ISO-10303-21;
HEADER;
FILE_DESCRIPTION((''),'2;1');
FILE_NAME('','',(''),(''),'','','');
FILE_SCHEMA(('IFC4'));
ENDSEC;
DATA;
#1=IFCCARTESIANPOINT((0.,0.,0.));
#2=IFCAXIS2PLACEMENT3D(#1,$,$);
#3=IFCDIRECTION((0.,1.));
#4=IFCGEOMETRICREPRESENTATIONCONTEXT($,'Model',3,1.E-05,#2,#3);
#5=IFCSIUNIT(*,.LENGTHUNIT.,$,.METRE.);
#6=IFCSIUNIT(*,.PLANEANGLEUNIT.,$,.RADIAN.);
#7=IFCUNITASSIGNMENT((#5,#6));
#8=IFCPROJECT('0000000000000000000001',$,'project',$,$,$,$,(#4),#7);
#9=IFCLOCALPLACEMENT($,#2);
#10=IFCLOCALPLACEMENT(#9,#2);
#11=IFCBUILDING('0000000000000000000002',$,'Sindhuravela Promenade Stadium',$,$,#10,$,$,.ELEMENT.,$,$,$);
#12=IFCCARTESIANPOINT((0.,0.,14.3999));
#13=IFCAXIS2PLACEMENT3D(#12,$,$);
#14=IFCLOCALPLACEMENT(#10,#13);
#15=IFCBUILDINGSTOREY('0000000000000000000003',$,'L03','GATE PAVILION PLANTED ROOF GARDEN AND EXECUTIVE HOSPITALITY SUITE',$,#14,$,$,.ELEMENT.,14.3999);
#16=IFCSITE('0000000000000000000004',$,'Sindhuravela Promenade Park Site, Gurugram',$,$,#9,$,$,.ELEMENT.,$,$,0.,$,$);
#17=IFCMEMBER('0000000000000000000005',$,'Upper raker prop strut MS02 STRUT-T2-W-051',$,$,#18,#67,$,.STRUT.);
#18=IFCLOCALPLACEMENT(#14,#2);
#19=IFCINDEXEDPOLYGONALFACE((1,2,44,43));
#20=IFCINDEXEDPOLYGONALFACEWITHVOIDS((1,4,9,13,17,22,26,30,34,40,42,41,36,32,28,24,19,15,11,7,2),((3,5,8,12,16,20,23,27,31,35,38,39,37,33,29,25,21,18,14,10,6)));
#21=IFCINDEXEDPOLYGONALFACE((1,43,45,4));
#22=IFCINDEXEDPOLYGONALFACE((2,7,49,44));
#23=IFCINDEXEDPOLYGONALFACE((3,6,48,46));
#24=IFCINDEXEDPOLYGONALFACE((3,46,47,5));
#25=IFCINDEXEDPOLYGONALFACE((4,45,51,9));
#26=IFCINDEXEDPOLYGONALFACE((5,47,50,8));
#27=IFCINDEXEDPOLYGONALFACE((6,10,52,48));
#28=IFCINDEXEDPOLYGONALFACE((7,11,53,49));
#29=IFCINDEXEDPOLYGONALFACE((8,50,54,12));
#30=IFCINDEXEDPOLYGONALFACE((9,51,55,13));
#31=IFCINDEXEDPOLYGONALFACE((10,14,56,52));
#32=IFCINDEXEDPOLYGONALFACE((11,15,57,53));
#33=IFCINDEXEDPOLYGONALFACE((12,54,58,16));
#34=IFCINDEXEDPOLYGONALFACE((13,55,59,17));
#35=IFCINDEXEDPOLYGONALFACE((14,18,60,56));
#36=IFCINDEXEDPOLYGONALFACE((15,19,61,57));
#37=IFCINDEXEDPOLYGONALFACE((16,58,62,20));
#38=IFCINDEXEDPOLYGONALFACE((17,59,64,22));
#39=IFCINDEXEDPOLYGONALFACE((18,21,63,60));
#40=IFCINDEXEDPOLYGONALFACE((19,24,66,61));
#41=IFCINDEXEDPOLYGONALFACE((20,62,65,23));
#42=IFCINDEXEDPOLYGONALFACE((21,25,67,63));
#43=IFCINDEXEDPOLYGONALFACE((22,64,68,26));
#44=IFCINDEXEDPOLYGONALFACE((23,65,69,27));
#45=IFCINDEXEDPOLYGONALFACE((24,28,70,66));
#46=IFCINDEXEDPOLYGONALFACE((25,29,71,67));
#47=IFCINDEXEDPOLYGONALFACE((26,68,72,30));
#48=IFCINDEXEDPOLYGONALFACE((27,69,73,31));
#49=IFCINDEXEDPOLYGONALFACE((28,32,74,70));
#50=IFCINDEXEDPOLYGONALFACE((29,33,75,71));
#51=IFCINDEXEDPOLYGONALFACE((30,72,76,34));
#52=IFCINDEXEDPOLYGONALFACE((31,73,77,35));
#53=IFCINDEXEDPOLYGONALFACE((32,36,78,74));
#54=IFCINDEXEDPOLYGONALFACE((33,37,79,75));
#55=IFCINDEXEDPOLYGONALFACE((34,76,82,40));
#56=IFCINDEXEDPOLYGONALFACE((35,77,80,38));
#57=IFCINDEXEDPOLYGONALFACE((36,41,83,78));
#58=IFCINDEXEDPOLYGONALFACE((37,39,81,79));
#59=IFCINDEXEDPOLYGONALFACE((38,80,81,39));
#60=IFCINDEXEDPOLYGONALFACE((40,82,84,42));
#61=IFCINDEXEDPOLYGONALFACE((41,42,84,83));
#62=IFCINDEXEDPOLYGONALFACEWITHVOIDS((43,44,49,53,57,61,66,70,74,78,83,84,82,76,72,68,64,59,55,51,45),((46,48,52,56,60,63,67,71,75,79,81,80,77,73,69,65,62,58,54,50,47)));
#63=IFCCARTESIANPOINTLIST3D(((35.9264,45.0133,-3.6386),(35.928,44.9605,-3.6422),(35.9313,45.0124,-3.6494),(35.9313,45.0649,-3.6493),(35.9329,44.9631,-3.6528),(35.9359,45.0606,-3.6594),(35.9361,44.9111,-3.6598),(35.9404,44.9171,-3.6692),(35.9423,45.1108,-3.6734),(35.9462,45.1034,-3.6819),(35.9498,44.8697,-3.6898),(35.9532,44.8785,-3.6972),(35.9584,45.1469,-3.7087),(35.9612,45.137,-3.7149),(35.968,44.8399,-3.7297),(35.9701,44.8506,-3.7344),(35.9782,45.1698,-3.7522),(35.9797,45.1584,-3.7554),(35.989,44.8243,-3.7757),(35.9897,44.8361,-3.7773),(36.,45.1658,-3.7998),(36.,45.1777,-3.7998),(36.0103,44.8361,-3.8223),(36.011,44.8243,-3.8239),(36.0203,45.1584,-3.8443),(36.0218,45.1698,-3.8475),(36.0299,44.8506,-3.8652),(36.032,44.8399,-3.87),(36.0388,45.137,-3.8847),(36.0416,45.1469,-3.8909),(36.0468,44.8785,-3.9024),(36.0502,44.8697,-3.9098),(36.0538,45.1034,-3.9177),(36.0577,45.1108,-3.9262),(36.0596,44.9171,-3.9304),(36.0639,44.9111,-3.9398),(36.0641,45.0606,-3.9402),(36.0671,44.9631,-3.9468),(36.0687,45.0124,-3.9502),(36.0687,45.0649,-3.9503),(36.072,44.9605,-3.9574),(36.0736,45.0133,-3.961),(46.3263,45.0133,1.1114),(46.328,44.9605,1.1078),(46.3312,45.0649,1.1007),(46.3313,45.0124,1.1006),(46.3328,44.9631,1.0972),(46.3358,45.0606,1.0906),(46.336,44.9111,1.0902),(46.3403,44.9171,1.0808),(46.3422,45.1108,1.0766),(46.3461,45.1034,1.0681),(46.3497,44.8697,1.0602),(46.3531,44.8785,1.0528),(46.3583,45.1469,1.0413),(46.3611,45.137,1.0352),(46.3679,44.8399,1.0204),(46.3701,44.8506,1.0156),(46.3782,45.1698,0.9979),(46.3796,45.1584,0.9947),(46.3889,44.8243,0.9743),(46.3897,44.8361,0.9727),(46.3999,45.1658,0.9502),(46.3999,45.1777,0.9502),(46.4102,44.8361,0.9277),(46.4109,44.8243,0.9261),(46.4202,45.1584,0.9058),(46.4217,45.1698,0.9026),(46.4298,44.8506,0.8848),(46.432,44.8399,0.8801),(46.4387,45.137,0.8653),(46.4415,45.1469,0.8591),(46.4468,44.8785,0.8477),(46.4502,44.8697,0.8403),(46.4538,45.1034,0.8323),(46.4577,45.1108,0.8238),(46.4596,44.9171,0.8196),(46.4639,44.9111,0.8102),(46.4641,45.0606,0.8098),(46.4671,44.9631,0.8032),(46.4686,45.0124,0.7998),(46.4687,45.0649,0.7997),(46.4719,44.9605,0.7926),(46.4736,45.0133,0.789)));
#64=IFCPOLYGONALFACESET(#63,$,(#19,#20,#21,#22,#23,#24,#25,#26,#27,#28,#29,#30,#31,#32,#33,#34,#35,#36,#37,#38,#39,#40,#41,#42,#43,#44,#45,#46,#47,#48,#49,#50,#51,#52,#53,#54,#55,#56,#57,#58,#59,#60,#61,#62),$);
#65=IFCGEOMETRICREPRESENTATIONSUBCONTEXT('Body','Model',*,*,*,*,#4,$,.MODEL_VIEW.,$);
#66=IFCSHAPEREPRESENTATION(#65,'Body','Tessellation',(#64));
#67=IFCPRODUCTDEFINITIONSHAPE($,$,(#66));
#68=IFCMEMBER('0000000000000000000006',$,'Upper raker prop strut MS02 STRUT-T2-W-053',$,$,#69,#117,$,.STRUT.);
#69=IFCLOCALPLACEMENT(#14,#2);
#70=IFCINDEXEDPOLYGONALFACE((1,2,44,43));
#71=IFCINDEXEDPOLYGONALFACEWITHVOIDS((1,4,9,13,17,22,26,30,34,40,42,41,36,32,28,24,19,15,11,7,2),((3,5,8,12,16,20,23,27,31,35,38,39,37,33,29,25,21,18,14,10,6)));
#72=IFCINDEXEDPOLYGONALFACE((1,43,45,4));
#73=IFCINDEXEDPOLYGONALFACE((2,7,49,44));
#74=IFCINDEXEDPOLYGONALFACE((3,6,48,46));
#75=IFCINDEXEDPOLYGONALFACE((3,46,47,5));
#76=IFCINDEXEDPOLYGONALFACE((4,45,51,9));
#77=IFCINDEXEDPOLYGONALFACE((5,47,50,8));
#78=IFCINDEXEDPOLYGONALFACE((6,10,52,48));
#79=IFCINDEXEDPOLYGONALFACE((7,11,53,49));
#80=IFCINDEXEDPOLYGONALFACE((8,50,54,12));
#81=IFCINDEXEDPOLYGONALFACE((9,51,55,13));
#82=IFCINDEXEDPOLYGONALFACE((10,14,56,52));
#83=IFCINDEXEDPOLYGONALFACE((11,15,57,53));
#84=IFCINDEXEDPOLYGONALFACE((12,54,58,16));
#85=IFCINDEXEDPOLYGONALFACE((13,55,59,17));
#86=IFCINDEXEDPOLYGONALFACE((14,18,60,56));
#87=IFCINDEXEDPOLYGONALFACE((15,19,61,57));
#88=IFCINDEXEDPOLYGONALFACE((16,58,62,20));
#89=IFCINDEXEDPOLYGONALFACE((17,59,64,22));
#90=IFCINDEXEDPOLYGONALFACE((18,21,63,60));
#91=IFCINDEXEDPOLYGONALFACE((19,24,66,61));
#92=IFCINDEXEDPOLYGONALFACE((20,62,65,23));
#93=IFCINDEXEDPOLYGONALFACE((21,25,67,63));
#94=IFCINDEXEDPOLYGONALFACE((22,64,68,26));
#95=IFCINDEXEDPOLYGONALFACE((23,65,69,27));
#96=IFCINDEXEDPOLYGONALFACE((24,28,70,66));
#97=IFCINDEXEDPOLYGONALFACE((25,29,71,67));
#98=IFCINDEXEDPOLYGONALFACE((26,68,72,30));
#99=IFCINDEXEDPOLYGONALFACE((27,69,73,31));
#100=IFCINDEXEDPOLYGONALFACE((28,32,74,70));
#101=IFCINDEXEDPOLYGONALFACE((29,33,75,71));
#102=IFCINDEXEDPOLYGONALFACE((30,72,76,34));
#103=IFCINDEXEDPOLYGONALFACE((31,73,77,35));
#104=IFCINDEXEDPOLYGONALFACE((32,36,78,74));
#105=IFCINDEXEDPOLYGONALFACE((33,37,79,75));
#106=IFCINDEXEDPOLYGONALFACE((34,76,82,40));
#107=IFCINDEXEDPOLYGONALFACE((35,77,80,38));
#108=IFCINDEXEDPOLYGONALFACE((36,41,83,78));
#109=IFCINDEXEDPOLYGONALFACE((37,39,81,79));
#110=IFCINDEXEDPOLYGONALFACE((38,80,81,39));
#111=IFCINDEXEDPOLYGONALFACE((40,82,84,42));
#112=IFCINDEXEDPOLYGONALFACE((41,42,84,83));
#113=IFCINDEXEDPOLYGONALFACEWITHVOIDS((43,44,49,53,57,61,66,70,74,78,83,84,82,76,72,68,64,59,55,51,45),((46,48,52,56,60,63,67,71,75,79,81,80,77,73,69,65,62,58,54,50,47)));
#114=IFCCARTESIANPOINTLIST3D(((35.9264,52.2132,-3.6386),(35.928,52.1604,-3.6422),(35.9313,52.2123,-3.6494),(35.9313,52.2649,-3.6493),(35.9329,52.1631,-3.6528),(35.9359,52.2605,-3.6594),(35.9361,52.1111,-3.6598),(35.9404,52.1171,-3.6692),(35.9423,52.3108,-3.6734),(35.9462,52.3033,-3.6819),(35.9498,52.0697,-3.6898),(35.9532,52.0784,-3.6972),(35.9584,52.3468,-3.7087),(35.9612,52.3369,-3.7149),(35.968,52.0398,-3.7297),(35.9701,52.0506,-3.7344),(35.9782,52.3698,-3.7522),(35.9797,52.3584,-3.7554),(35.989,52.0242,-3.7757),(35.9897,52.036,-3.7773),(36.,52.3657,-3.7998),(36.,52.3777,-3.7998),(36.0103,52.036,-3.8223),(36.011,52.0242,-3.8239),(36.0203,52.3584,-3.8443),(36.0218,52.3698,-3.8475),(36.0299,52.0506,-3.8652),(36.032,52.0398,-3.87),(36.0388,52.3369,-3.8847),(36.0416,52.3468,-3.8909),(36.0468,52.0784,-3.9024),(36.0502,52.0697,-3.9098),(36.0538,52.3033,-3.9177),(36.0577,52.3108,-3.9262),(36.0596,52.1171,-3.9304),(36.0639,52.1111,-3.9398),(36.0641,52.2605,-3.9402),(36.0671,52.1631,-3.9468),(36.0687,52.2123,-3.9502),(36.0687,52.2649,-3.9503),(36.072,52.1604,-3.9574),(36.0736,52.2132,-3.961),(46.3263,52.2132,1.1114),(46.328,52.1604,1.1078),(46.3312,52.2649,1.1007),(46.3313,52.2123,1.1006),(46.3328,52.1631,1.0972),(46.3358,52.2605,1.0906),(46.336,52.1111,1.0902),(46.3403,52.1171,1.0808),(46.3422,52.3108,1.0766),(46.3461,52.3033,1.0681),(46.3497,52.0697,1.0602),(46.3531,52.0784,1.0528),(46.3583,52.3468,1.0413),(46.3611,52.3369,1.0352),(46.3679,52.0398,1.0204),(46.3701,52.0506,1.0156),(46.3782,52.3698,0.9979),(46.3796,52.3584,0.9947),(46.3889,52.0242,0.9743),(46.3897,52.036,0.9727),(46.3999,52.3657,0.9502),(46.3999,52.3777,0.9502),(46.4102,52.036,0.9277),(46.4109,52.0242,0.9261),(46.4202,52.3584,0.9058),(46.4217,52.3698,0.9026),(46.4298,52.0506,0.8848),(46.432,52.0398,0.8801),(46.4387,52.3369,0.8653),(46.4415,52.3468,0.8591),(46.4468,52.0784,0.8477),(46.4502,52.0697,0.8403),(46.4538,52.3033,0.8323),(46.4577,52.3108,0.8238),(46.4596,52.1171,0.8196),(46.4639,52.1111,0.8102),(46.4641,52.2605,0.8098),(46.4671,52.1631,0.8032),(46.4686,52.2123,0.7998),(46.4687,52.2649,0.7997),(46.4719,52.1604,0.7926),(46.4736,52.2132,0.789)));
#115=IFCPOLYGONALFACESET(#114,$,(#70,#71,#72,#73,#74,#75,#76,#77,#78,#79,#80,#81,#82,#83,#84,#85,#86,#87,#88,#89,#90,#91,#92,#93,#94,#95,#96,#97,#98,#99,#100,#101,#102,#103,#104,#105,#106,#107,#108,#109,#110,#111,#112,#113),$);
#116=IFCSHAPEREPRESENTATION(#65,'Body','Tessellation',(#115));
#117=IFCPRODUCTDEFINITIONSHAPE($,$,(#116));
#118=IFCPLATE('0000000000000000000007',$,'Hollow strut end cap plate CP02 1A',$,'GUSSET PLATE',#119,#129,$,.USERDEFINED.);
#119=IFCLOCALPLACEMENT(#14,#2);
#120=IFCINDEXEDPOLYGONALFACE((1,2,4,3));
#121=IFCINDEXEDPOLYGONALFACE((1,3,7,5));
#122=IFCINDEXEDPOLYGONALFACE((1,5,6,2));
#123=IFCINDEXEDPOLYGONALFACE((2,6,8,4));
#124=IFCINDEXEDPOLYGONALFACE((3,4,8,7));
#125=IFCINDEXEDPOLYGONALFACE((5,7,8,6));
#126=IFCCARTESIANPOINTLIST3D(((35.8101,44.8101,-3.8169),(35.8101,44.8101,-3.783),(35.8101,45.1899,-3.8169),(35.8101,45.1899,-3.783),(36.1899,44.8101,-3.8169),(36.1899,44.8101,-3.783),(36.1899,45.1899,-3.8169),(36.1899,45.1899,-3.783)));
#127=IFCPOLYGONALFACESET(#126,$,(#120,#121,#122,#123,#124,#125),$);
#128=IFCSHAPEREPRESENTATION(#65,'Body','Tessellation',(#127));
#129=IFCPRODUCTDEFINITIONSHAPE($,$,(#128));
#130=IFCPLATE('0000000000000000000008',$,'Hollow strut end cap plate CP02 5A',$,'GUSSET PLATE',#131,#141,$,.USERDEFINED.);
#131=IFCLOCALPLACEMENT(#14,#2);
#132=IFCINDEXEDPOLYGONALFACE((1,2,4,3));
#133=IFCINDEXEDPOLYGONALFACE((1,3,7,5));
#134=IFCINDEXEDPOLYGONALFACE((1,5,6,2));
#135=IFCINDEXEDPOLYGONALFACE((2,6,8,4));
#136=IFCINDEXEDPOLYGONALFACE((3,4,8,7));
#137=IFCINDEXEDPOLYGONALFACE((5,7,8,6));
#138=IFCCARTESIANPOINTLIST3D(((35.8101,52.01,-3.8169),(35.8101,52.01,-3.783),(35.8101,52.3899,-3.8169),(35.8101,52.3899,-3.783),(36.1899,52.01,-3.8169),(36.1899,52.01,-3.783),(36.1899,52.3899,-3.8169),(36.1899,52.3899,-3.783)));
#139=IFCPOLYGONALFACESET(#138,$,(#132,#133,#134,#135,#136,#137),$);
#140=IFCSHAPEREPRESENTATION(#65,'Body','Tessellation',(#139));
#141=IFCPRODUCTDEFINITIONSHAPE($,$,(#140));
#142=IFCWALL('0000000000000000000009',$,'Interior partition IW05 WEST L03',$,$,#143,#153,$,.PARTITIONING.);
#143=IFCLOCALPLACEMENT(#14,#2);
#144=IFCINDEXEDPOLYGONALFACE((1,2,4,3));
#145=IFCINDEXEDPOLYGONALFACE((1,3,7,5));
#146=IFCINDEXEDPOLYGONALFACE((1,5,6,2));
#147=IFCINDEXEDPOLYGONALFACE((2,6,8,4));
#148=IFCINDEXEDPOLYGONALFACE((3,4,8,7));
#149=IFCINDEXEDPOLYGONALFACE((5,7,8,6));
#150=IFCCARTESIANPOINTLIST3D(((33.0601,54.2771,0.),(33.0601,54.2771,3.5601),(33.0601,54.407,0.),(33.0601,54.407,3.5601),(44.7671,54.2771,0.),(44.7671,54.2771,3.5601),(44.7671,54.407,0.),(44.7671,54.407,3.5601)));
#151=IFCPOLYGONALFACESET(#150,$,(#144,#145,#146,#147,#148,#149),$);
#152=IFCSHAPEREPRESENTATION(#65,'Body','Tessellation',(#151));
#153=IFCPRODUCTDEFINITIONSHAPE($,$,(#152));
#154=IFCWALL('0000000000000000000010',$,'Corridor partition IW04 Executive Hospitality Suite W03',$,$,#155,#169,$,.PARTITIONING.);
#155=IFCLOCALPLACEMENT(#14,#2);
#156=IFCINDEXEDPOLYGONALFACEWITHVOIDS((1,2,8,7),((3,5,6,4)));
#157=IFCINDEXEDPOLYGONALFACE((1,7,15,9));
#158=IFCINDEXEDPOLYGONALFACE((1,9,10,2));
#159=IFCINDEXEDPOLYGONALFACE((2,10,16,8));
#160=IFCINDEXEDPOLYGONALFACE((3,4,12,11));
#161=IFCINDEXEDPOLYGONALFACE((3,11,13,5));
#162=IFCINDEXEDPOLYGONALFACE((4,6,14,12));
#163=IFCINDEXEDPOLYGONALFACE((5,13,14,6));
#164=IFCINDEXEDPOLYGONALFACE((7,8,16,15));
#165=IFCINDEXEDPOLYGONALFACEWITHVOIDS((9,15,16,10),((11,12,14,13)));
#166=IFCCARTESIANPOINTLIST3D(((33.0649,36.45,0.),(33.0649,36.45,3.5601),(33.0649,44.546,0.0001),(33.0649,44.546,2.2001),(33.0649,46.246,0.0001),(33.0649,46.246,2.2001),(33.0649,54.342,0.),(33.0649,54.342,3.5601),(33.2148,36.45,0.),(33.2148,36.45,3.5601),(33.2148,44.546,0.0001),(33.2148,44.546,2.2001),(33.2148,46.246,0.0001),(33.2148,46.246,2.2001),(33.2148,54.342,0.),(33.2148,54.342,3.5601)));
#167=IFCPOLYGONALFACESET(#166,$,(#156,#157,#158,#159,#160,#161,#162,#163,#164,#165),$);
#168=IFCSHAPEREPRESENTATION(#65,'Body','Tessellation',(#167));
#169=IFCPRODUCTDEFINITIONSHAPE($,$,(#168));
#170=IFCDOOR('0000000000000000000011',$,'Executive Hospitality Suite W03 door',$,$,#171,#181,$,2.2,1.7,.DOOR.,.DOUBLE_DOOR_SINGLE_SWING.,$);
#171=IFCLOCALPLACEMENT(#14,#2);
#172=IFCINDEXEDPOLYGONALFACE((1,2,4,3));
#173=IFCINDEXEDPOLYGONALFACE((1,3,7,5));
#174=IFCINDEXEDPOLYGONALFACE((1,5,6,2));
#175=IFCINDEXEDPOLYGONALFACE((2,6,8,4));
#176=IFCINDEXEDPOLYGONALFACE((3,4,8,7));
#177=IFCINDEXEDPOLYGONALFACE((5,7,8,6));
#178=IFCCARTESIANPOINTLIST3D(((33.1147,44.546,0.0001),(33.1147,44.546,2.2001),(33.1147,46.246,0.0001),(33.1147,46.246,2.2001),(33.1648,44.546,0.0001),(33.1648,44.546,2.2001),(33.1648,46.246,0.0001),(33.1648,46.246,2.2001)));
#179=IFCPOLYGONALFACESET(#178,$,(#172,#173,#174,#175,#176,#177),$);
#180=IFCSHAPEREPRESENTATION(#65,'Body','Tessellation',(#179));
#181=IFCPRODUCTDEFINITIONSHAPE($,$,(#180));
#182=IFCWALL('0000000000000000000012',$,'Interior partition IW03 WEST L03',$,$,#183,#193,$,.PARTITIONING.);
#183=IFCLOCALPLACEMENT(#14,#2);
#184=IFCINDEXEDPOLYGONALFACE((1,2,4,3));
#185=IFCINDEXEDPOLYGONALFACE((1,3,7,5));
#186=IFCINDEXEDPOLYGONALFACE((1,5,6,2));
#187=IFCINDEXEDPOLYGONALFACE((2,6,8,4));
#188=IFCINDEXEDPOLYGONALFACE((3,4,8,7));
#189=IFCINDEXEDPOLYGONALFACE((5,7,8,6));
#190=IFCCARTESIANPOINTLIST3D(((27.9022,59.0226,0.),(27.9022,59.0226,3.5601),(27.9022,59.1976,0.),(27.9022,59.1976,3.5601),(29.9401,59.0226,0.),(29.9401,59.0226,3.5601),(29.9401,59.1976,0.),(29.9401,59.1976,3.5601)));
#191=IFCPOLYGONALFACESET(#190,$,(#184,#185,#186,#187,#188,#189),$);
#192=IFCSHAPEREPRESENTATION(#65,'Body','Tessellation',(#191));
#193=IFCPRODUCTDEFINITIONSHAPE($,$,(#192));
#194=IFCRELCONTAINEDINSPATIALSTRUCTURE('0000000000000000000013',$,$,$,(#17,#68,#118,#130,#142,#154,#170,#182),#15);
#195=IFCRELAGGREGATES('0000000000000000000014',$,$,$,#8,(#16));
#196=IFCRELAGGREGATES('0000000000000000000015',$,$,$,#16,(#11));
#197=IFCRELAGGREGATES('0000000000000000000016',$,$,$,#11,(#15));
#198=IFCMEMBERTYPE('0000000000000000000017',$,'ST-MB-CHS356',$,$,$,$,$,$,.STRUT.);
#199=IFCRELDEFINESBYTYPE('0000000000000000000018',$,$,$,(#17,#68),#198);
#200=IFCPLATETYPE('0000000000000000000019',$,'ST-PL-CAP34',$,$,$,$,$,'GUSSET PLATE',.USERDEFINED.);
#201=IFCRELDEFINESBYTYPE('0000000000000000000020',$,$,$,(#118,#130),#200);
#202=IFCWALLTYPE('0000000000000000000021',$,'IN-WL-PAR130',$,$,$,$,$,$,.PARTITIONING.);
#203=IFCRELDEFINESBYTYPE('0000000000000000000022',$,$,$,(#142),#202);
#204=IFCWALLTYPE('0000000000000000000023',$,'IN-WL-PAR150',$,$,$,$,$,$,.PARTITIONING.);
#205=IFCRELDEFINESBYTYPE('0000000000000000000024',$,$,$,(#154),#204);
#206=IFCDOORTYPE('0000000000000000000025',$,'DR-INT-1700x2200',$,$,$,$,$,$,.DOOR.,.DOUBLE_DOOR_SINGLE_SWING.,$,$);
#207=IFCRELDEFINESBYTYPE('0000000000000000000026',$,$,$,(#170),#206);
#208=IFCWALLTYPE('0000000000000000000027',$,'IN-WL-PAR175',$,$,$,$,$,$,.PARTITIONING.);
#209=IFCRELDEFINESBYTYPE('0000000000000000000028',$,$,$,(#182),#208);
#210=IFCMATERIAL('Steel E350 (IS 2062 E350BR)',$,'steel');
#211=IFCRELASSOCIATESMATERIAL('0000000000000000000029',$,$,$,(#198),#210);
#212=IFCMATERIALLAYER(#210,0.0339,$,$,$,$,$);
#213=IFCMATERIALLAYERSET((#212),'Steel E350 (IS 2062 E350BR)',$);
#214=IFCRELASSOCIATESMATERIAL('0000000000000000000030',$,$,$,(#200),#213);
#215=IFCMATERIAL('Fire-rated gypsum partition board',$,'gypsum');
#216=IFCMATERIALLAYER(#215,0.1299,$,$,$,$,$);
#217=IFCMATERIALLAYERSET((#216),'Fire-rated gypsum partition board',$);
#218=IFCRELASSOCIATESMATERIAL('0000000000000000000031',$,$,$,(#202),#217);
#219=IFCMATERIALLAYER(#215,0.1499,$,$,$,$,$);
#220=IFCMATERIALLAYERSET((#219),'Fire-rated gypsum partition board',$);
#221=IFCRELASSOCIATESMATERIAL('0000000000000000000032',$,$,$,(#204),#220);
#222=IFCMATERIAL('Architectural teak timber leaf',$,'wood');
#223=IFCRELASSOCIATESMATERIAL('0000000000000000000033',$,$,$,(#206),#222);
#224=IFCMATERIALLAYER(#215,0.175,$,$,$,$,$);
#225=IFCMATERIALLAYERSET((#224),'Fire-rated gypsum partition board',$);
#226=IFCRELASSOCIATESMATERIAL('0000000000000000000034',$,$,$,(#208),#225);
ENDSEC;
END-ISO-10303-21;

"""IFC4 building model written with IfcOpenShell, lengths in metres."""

from ifc_helpers import new_model, si_unit, direction, frame, frame_2d, origin, origin_2d, place, context, subcontext, project, spatial, rectangle, hollow_circle, extrude, material, layer, layer_set, material_profile, profile_set, type_object, element, fill, save


model = new_model("IFC4")

# Units and contexts
model_context = context("Model", 3, precision=1e-05, world=origin(), true_north=direction((0.0, 1.0)))
body_context = subcontext(model_context, "Body", "Model", "MODEL_VIEW")
ifc_project = project(units=[si_unit("LENGTHUNIT", "METRE"), si_unit("PLANEANGLEUNIT", "RADIAN")], contexts=[model_context])

# Site, building, storey
site_placement = place(None, origin())
site = spatial("IfcSite", under=ifc_project, at=site_placement, Name="Sindhuravela Promenade Park Site, Gurugram", CompositionType="ELEMENT", RefElevation=0.0)
building_placement = place(site_placement, origin())
building = spatial("IfcBuilding", under=site, at=building_placement, Name="Sindhuravela Promenade Stadium", CompositionType="ELEMENT")
storey_placement = place(building_placement, frame((0.0, 0.0, 14.3999)))
storey = spatial("IfcBuildingStorey", under=building, at=storey_placement, Name="L03", Description="GATE PAVILION PLANTED ROOF GARDEN AND EXECUTIVE HOSPITALITY SUITE", CompositionType="ELEMENT", Elevation=14.3999)

# Shared definitions
ifc_material_1 = material(Name="Steel E350 (IS 2062 E350BR)", Category="steel")

# Members
ifc_material_profile_1 = material_profile(ifc_material_1, hollow_circle(Radius=0.1777, WallThickness=0.012, at=origin_2d()), Name="CHS 355.6x12")
ifc_profile_set_1 = profile_set([ifc_material_profile_1], Name="Steel E350 (IS 2062 E350BR)")
member_type = type_object("IfcMemberType", Name="ST-MB-CHS356", PredefinedType="STRUT", material=ifc_profile_set_1)
for number, where, z_axis, x_axis, name in (
    (1, (36.0, 45.0, -3.7998), (0.909615, 0.0, 0.415453), (0.0, 1.0, 0.0), "Upper raker prop strut MS02 STRUT-T2-W-051"),
    (2, (36.0, 52.2, -3.7998), (0.909615, 0.0, 0.415453), (0.0, 1.0, 0.0), "Upper raker prop strut MS02 STRUT-T2-W-053"),
):
    element("IfcMember", number, at=place(storey_placement, frame(where, z_axis=z_axis, x_axis=x_axis)), inside=storey, type_object=member_type, Name=name, PredefinedType="STRUT", context=body_context, shape_type="SweptSolid", body=[
        extrude(hollow_circle(Radius=0.1777, WallThickness=0.012, at=origin_2d()), origin(), (0.0, 0.0, 1.0), 11.4333),
    ])

# Plates
ifc_layer_1 = layer(ifc_material_1, 0.0339)
ifc_layer_set_1 = layer_set([ifc_layer_1], Name="Steel E350 (IS 2062 E350BR)")
plate_type = type_object("IfcPlateType", Name="ST-PL-CAP34", ElementType="GUSSET PLATE", PredefinedType="USERDEFINED", material=ifc_layer_set_1)
for number, where, z_axis, x_axis, name in (
    (3, (36.0, 45.0, -3.8169), (0.0, 0.0, 1.0), (1.0, 0.0, 0.0), "Hollow strut end cap plate CP02 1A"),
    (4, (36.0, 52.2, -3.8169), (0.0, 0.0, 1.0), (1.0, 0.0, 0.0), "Hollow strut end cap plate CP02 5A"),
):
    element("IfcPlate", number, at=place(storey_placement, frame(where, z_axis=z_axis, x_axis=x_axis)), inside=storey, type_object=plate_type, Name=name, ObjectType="GUSSET PLATE", PredefinedType="USERDEFINED", context=body_context, shape_type="SweptSolid", body=[
        extrude(rectangle(XDim=0.3799, YDim=0.3799, at=origin_2d()), origin(), (0.0, 0.0, 1.0), 0.0339),
    ])

# Wall
ifc_material_2 = material(Name="Fire-rated gypsum partition board", Category="gypsum")
ifc_layer_2 = layer(ifc_material_2, 0.1299)
ifc_layer_set_2 = layer_set([ifc_layer_2], Name="Fire-rated gypsum partition board")
wall_type_1 = type_object("IfcWallType", Name="IN-WL-PAR130", PredefinedType="PARTITIONING", material=ifc_layer_set_2)
wall_1_placement = place(storey_placement, frame((33.0601, 54.342, 0.0), z_axis=(0.0, 0.0, 1.0), x_axis=(1.0, 0.0, 0.0)))
element("IfcWall", 5, at=wall_1_placement, inside=storey, type_object=wall_type_1, Name="Interior partition IW05 WEST L03", PredefinedType="PARTITIONING", context=body_context, shape_type="SweptSolid", body=[
    extrude(rectangle(XDim=11.707, YDim=0.1299, at=frame_2d((5.8535, 0.0))), origin(), (0.0, 0.0, 1.0), 3.5601),
])

# Wall, opening, door
ifc_layer_3 = layer(ifc_material_2, 0.1499)
ifc_layer_set_3 = layer_set([ifc_layer_3], Name="Fire-rated gypsum partition board")
wall_type_2 = type_object("IfcWallType", Name="IN-WL-PAR150", PredefinedType="PARTITIONING", material=ifc_layer_set_3)
wall_2_placement = place(storey_placement, frame((33.1399, 54.342, 0.0), z_axis=(0.0, 0.0, 1.0), x_axis=(0.0, -1.0, 0.0)))
wall_2 = element("IfcWall", 6, at=wall_2_placement, inside=storey, type_object=wall_type_2, Name="Corridor partition IW04 Executive Hospitality Suite W03", PredefinedType="PARTITIONING", context=body_context, shape_type="SweptSolid", body=[
    extrude(rectangle(XDim=17.8921, YDim=0.1499, at=frame_2d((8.946, 0.0))), origin(), (0.0, 0.0, 1.0), 3.5601),
])
opening_1_placement = place(wall_2_placement, frame((8.0959, 0.0, 0.0)))
opening_1 = element("IfcOpeningElement", 7, at=opening_1_placement, cuts=wall_2, PredefinedType="OPENING", context=body_context, shape_type="SweptSolid", body=[
    extrude(rectangle(XDim=1.7, YDim=2.2, at=frame_2d((0.8501, 1.1001))), frame((0.0, 0.085, 0.0), z_axis=(0.0, -1.0, 0.0), x_axis=(1.0, 0.0, 0.0)), (0.0, 0.0, 1.0), 0.1699),
])
ifc_material_3 = material(Name="Architectural teak timber leaf", Category="wood")
door_type_1 = type_object("IfcDoorType", Name="DR-INT-1700x2200", OperationType="DOUBLE_DOOR_SINGLE_SWING", PredefinedType="DOOR", material=ifc_material_3)
door_1_placement = place(opening_1_placement, origin())
door_1 = element("IfcDoor", 8, at=door_1_placement, inside=storey, type_object=door_type_1, Name="Executive Hospitality Suite W03 door", OperationType="DOUBLE_DOOR_SINGLE_SWING", OverallHeight=2.2, OverallWidth=1.7, PredefinedType="DOOR", context=body_context, shape_type="SweptSolid", body=[
    extrude(rectangle(XDim=1.7, YDim=2.2, at=frame_2d((0.8501, 1.1001))), frame((0.0, 0.0249, 0.0), z_axis=(0.0, -1.0, 0.0), x_axis=(1.0, 0.0, 0.0)), (0.0, 0.0, 1.0), 0.05),
])
fill(opening_1, door_1)

# Wall
ifc_layer_4 = layer(ifc_material_2, 0.175)
ifc_layer_set_4 = layer_set([ifc_layer_4], Name="Fire-rated gypsum partition board")
wall_type_3 = type_object("IfcWallType", Name="IN-WL-PAR175", PredefinedType="PARTITIONING", material=ifc_layer_set_4)
wall_3_placement = place(storey_placement, frame((27.9021, 59.1101, 0.0), z_axis=(0.0, 0.0, 1.0), x_axis=(1.0, 0.0, 0.0)))
element("IfcWall", 9, at=wall_3_placement, inside=storey, type_object=wall_type_3, Name="Interior partition IW03 WEST L03", PredefinedType="PARTITIONING", context=body_context, shape_type="SweptSolid", body=[
    extrude(rectangle(XDim=2.0378, YDim=0.175, at=frame_2d((1.019, 0.0))), origin(), (0.0, 0.0, 1.0), 3.5601),
])

save(model, "model.ifc")
